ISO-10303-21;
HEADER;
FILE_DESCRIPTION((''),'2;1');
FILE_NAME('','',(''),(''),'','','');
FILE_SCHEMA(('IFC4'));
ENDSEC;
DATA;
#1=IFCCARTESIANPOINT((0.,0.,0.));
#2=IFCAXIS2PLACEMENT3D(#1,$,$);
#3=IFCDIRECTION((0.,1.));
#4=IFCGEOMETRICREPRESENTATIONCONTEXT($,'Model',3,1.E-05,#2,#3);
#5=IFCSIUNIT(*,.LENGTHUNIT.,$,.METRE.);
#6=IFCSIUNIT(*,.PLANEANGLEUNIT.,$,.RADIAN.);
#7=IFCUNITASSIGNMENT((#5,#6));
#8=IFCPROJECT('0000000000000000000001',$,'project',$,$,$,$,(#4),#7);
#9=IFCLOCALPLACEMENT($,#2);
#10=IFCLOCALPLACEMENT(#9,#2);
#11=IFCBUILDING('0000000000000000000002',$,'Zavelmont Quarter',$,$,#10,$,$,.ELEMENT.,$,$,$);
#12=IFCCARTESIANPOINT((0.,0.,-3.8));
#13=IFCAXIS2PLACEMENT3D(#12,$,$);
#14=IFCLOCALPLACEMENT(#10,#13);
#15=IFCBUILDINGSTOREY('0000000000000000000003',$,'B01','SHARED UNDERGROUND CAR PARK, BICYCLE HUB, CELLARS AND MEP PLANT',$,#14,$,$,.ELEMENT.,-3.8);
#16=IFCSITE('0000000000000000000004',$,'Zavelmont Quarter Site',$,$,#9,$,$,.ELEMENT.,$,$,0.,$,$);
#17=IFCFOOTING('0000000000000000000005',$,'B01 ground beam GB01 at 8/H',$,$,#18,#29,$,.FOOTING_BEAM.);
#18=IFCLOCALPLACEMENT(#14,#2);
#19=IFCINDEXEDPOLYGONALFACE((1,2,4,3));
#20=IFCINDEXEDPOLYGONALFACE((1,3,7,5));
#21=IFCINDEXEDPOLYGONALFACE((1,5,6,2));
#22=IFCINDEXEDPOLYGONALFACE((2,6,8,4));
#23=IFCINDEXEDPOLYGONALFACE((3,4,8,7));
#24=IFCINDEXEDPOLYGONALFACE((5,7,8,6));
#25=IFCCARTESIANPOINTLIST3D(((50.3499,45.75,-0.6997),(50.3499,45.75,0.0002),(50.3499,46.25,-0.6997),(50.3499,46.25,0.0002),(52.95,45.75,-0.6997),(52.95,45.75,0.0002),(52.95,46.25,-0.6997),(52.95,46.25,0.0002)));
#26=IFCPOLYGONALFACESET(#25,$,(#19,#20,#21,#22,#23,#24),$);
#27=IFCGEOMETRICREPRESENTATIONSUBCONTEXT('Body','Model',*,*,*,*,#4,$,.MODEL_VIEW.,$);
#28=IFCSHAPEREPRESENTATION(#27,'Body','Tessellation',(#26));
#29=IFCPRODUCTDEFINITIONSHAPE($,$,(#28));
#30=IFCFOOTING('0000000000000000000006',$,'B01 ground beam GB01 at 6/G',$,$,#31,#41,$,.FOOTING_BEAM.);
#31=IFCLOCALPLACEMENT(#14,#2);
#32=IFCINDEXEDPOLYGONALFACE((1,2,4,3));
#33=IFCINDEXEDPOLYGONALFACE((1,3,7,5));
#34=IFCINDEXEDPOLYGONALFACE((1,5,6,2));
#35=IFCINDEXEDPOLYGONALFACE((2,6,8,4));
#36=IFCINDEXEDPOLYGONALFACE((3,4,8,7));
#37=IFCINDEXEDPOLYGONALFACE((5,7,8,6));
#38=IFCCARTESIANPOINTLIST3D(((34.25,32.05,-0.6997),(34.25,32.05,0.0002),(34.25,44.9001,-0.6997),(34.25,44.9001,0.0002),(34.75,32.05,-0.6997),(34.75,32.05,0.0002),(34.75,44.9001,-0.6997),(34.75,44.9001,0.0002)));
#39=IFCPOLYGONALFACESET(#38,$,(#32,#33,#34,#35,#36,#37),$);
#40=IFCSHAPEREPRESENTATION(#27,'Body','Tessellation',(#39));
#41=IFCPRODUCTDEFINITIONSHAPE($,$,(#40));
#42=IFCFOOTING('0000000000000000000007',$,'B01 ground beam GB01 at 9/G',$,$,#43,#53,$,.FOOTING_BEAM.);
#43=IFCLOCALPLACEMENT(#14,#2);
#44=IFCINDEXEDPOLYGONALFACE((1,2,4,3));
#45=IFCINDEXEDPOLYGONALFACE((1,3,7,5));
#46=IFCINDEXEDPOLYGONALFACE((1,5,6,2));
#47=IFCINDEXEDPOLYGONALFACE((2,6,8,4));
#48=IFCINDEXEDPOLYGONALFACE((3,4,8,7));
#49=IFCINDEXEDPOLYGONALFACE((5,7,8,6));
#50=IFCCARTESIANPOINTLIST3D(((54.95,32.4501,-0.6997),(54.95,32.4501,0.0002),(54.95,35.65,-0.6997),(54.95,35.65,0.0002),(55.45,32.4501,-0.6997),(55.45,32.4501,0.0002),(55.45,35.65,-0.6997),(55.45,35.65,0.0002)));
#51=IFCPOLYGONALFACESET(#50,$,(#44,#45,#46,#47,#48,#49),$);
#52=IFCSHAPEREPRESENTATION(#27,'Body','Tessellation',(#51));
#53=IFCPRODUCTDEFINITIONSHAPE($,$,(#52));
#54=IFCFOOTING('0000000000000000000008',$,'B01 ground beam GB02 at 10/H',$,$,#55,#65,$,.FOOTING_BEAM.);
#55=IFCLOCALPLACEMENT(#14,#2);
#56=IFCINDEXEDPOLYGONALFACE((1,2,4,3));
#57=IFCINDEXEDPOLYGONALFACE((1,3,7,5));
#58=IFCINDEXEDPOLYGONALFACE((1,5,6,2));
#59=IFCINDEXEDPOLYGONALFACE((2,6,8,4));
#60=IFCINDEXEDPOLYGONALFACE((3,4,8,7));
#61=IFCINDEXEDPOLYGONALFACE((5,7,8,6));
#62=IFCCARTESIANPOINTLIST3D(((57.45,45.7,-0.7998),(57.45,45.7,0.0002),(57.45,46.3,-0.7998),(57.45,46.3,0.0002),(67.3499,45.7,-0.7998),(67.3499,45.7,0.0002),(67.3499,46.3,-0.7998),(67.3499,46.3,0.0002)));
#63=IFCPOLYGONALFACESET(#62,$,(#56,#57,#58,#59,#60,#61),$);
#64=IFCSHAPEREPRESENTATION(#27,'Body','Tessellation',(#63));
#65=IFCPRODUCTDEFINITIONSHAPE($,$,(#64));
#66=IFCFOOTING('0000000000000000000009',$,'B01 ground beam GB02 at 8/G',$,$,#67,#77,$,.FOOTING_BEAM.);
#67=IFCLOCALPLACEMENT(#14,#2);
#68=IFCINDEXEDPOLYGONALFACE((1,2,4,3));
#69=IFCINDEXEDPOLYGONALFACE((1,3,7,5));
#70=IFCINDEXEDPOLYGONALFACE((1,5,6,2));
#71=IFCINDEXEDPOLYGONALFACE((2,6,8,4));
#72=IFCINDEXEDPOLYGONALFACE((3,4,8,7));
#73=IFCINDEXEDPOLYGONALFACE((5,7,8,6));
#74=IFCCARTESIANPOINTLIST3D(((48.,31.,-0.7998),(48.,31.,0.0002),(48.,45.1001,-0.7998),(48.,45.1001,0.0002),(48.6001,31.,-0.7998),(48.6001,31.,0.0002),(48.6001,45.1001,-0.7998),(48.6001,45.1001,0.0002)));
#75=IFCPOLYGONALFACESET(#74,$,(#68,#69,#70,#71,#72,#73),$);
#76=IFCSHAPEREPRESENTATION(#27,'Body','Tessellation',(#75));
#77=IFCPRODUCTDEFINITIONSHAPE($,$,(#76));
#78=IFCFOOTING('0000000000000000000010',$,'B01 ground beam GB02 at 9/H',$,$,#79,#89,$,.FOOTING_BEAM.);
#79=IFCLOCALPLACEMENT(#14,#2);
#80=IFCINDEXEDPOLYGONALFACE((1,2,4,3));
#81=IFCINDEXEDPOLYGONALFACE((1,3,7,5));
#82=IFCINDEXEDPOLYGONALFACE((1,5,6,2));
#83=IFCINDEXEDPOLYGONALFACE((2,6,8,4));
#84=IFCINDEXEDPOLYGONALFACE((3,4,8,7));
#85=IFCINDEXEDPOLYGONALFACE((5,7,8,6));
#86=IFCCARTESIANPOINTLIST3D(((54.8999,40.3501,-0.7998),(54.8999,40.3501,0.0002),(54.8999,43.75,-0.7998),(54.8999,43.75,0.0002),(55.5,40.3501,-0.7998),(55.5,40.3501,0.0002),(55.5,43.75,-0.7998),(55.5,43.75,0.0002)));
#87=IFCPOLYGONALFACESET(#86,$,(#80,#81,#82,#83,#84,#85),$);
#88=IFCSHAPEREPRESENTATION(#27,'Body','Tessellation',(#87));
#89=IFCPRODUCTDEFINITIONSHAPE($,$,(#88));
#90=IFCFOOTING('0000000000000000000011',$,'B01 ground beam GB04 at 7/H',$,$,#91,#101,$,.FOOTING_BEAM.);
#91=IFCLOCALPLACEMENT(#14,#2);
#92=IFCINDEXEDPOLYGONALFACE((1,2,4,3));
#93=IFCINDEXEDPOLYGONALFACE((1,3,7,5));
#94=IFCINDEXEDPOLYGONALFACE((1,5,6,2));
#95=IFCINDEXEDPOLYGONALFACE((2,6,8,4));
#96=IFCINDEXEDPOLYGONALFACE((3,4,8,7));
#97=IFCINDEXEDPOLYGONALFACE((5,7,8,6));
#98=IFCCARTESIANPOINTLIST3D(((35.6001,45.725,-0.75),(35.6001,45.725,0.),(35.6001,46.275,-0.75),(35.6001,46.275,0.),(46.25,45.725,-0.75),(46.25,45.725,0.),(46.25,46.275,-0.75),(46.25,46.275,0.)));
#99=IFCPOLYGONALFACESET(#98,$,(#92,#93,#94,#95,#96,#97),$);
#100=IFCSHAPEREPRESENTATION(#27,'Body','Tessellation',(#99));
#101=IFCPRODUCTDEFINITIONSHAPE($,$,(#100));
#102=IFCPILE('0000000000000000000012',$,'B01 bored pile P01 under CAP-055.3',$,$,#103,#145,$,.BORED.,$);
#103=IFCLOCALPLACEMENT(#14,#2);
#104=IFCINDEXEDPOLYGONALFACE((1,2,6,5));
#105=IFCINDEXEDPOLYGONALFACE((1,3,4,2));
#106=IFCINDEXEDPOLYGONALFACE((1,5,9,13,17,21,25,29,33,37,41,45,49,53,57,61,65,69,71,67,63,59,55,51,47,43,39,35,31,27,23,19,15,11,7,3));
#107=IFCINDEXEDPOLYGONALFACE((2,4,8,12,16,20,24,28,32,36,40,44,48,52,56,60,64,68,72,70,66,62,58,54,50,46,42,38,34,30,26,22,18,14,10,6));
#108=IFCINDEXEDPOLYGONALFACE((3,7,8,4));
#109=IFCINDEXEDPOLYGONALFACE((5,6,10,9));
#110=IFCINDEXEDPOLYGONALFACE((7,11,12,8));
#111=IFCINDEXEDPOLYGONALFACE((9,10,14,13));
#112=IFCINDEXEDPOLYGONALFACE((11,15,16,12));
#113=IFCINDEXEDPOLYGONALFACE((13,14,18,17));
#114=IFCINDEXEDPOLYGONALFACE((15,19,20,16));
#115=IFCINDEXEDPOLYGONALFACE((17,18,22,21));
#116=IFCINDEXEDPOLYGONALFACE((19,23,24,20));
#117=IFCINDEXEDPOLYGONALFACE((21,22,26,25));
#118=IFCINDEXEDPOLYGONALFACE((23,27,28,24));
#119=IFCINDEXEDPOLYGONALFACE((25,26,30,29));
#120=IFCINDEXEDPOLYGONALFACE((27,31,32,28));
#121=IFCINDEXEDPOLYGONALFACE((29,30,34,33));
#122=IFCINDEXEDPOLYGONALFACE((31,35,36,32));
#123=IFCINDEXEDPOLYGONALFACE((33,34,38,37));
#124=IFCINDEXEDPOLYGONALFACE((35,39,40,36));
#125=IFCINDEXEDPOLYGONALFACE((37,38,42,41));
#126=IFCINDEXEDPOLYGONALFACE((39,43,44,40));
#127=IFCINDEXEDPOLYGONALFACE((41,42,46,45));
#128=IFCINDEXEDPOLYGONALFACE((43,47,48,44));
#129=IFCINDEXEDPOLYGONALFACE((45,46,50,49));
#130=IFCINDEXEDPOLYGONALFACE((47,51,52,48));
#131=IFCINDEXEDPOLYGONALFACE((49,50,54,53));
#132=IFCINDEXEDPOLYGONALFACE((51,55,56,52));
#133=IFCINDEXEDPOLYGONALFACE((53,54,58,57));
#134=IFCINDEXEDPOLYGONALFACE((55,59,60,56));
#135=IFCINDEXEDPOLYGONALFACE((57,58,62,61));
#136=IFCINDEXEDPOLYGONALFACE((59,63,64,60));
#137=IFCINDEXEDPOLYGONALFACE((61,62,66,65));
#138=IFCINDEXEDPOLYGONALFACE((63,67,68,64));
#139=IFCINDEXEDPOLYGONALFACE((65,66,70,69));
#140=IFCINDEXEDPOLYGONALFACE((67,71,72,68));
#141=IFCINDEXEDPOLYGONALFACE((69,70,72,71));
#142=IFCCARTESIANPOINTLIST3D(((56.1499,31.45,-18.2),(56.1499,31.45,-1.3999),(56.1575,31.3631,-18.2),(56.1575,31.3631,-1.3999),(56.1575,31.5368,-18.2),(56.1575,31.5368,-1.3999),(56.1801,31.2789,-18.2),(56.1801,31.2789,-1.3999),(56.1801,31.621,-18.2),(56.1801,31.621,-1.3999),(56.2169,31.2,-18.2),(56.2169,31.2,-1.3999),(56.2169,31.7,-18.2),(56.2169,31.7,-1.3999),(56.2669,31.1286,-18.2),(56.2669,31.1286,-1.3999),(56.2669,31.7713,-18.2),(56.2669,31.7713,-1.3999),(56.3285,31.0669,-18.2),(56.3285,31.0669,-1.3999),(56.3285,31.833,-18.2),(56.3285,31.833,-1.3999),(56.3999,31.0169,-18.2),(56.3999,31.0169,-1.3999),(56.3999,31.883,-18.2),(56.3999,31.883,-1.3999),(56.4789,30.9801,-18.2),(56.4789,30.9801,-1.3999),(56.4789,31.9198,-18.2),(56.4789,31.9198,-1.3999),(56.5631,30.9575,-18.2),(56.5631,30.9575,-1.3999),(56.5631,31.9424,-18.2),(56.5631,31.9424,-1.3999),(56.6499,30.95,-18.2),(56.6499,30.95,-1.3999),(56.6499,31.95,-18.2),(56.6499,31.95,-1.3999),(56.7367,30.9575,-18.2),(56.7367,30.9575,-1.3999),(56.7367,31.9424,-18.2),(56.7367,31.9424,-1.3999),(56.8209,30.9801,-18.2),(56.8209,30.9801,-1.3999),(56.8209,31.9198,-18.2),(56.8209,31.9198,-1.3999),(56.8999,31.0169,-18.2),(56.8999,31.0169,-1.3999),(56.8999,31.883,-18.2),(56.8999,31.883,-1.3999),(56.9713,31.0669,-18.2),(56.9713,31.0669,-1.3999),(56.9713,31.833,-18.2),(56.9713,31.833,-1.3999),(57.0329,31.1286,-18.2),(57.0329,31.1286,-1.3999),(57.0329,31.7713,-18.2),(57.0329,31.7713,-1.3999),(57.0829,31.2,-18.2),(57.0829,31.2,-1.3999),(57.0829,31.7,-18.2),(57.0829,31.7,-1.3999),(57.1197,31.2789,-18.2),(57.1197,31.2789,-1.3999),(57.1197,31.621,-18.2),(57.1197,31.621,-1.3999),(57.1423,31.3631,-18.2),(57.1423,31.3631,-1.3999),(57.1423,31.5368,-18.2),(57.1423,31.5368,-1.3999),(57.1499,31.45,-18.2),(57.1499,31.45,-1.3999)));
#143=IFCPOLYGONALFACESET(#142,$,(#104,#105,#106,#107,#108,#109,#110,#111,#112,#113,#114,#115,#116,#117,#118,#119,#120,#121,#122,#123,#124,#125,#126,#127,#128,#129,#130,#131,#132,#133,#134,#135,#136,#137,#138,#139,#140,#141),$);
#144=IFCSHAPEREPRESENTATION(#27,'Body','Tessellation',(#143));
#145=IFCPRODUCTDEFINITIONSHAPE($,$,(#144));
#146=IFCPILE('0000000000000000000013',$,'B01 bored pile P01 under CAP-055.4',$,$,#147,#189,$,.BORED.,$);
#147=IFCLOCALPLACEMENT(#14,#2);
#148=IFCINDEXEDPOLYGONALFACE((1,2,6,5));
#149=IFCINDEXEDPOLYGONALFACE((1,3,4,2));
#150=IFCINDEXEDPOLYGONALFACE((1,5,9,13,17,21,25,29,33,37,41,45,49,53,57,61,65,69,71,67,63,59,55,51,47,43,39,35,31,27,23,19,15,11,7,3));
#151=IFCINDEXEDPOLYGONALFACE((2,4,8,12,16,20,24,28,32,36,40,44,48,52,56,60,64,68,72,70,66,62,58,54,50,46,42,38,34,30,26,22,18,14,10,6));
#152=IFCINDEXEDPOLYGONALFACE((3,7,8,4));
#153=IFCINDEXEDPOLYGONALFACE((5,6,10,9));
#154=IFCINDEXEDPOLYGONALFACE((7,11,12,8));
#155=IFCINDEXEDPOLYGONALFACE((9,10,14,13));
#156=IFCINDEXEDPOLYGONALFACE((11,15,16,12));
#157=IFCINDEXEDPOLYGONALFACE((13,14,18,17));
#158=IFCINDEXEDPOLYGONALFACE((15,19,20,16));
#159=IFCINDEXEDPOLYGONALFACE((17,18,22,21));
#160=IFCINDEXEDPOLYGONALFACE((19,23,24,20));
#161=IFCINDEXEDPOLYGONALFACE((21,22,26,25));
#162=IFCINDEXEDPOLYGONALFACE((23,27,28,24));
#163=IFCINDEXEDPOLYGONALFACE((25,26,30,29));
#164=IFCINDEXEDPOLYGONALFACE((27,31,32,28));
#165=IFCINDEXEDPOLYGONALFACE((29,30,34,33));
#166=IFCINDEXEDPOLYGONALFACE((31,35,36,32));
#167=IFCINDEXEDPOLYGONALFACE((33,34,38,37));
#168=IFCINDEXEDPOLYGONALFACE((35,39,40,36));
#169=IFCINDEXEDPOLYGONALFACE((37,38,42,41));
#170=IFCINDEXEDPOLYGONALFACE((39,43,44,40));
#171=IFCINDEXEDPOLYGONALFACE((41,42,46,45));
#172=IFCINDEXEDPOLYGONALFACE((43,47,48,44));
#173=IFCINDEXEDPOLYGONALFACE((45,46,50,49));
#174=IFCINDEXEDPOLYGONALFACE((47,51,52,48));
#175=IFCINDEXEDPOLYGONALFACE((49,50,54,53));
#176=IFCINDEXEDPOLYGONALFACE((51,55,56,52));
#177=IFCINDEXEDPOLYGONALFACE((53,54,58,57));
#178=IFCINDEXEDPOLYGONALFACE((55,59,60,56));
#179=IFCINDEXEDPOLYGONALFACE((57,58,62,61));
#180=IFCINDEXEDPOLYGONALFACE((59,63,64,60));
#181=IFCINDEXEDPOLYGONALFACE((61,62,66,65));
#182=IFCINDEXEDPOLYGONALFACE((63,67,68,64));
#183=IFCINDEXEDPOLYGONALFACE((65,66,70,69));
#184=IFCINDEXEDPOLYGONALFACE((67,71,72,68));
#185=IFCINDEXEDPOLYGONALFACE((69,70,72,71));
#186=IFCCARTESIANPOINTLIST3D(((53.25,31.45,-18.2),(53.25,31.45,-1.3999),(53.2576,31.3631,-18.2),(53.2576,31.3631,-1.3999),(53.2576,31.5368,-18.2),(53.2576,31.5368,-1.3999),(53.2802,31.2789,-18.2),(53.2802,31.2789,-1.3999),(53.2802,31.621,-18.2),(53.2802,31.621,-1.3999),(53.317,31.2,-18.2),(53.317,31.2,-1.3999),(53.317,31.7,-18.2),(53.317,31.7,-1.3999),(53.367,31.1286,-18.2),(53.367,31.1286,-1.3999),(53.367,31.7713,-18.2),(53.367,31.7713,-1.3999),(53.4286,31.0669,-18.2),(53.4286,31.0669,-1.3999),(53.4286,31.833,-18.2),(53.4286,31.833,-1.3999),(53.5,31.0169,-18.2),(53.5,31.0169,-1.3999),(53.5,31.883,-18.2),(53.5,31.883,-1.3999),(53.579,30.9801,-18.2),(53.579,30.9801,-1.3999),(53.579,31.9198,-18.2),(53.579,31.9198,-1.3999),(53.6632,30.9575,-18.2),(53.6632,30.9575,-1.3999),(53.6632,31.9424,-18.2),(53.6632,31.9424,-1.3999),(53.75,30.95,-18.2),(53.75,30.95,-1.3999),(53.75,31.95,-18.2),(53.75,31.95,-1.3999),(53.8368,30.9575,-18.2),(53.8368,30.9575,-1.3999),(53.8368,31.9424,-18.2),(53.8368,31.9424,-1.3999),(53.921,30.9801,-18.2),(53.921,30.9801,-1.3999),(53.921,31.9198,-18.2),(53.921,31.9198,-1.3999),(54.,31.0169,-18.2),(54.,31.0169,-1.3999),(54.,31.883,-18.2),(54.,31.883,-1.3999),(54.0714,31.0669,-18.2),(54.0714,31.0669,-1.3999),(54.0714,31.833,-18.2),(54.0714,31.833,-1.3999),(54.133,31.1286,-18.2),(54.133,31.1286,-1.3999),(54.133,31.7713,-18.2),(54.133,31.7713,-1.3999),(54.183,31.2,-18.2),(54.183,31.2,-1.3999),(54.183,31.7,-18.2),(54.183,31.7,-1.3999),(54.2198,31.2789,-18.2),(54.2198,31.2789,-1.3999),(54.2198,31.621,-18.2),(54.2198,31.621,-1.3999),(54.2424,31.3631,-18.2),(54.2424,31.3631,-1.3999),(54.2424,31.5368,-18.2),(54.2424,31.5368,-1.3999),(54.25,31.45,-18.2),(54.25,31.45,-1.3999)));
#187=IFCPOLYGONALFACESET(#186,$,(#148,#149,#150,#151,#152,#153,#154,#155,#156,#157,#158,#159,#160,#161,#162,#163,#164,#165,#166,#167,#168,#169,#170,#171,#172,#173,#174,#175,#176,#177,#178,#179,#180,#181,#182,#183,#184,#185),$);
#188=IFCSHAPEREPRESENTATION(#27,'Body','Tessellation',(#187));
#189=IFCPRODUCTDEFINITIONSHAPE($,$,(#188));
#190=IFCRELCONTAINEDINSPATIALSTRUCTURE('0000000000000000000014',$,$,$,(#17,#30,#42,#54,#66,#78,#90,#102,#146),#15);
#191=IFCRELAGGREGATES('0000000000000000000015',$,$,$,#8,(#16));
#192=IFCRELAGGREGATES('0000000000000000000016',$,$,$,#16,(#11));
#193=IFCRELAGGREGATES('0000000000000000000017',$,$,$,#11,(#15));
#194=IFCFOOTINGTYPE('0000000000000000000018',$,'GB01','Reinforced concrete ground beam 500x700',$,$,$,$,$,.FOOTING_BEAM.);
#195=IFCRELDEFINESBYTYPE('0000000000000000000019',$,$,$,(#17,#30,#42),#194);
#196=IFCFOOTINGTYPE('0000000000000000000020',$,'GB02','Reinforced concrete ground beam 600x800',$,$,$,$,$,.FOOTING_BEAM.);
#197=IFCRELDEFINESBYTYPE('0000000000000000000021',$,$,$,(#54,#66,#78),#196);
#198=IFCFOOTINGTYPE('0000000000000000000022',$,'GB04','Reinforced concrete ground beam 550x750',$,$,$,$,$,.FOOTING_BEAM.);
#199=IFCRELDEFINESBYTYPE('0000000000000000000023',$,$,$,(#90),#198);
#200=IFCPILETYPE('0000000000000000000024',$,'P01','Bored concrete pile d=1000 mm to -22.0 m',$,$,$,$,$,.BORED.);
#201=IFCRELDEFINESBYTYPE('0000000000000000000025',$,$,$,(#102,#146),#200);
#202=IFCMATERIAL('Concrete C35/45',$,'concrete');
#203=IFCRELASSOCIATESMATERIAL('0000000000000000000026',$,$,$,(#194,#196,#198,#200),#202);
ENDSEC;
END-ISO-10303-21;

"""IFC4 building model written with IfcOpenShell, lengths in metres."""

from ifc_helpers import new_model, si_unit, direction, frame, origin, origin_2d, place, context, subcontext, project, spatial, rectangle, circle, extrude, material, material_profile, profile_set, type_object, element, save


model = new_model("IFC4")

# Units and contexts
model_context = context("Model", 3, precision=1e-05, world=origin(), true_north=direction((0.0, 1.0)))
body_context = subcontext(model_context, "Body", "Model", "MODEL_VIEW")
ifc_project = project(units=[si_unit("LENGTHUNIT", "METRE"), si_unit("PLANEANGLEUNIT", "RADIAN")], contexts=[model_context])

# Site, building, storey
site_placement = place(None, origin())
site = spatial("IfcSite", under=ifc_project, at=site_placement, Name="Zavelmont Quarter Site", CompositionType="ELEMENT", RefElevation=0.0)
building_placement = place(site_placement, origin())
building = spatial("IfcBuilding", under=site, at=building_placement, Name="Zavelmont Quarter", CompositionType="ELEMENT")
storey_placement = place(building_placement, frame((0.0, 0.0, -3.8)))
storey = spatial("IfcBuildingStorey", under=building, at=storey_placement, Name="B01", Description="SHARED UNDERGROUND CAR PARK, BICYCLE HUB, CELLARS AND MEP PLANT", CompositionType="ELEMENT", Elevation=-3.8)

# Footings
ifc_material_1 = material(Name="Concrete C35/45", Category="concrete")
footing_type_1 = type_object("IfcFootingType", Name="GB01", Description="Reinforced concrete ground beam 500x700", PredefinedType="FOOTING_BEAM", material=ifc_material_1)
footing_1_placement = place(storey_placement, frame((51.6499, 46.0, -0.6997), z_axis=(0.0, 0.0, 1.0), x_axis=(1.0, 0.0, 0.0)))
element("IfcFooting", 1, at=footing_1_placement, inside=storey, type_object=footing_type_1, Name="B01 ground beam GB01 at 8/H", PredefinedType="FOOTING_BEAM", context=body_context, shape_type="SweptSolid", body=[
    extrude(rectangle(XDim=2.6001, YDim=0.5, at=origin_2d()), origin(), (0.0, 0.0, 1.0), 0.7),
])
footing_2_placement = place(storey_placement, frame((34.5, 38.4751, -0.6997), z_axis=(0.0, 0.0, 1.0), x_axis=(0.0, 1.0, 0.0)))
element("IfcFooting", 2, at=footing_2_placement, inside=storey, type_object=footing_type_1, Name="B01 ground beam GB01 at 6/G", PredefinedType="FOOTING_BEAM", context=body_context, shape_type="SweptSolid", body=[
    extrude(rectangle(XDim=12.8501, YDim=0.5, at=origin_2d()), origin(), (0.0, 0.0, 1.0), 0.7),
])
footing_3_placement = place(storey_placement, frame((55.2, 34.05, -0.6997), z_axis=(0.0, 0.0, 1.0), x_axis=(0.0, 1.0, 0.0)))
element("IfcFooting", 3, at=footing_3_placement, inside=storey, type_object=footing_type_1, Name="B01 ground beam GB01 at 9/G", PredefinedType="FOOTING_BEAM", context=body_context, shape_type="SweptSolid", body=[
    extrude(rectangle(XDim=3.2, YDim=0.5, at=origin_2d()), origin(), (0.0, 0.0, 1.0), 0.7),
])
footing_type_2 = type_object("IfcFootingType", Name="GB02", Description="Reinforced concrete ground beam 600x800", PredefinedType="FOOTING_BEAM", material=ifc_material_1)
footing_4_placement = place(storey_placement, frame((62.3999, 46.0, -0.7998), z_axis=(0.0, 0.0, 1.0), x_axis=(1.0, 0.0, 0.0)))
element("IfcFooting", 4, at=footing_4_placement, inside=storey, type_object=footing_type_2, Name="B01 ground beam GB02 at 10/H", PredefinedType="FOOTING_BEAM", context=body_context, shape_type="SweptSolid", body=[
    extrude(rectangle(XDim=9.8999, YDim=0.6001, at=origin_2d()), origin(), (0.0, 0.0, 1.0), 0.8),
])
footing_5_placement = place(storey_placement, frame((48.3, 38.05, -0.7998), z_axis=(0.0, 0.0, 1.0), x_axis=(0.0, 1.0, 0.0)))
element("IfcFooting", 5, at=footing_5_placement, inside=storey, type_object=footing_type_2, Name="B01 ground beam GB02 at 8/G", PredefinedType="FOOTING_BEAM", context=body_context, shape_type="SweptSolid", body=[
    extrude(rectangle(XDim=14.1001, YDim=0.6001, at=origin_2d()), origin(), (0.0, 0.0, 1.0), 0.8),
])
footing_6_placement = place(storey_placement, frame((55.2, 42.05, -0.7998), z_axis=(0.0, 0.0, 1.0), x_axis=(0.0, 1.0, 0.0)))
element("IfcFooting", 6, at=footing_6_placement, inside=storey, type_object=footing_type_2, Name="B01 ground beam GB02 at 9/H", PredefinedType="FOOTING_BEAM", context=body_context, shape_type="SweptSolid", body=[
    extrude(rectangle(XDim=3.3999, YDim=0.6001, at=origin_2d()), origin(), (0.0, 0.0, 1.0), 0.8),
])
footing_type_3 = type_object("IfcFootingType", Name="GB04", Description="Reinforced concrete ground beam 550x750", PredefinedType="FOOTING_BEAM", material=ifc_material_1)
footing_7_placement = place(storey_placement, frame((40.925, 46.0, -0.75), z_axis=(0.0, 0.0, 1.0), x_axis=(1.0, 0.0, 0.0)))
element("IfcFooting", 7, at=footing_7_placement, inside=storey, type_object=footing_type_3, Name="B01 ground beam GB04 at 7/H", PredefinedType="FOOTING_BEAM", context=body_context, shape_type="SweptSolid", body=[
    extrude(rectangle(XDim=10.6499, YDim=0.55, at=origin_2d()), origin(), (0.0, 0.0, 1.0), 0.75),
])

# Piles
ifc_material_profile_1 = material_profile(ifc_material_1, circle(Radius=0.5, at=origin_2d()), Name="BP1000")
ifc_profile_set_1 = profile_set([ifc_material_profile_1], Name="Concrete C35/45")
pile_type_1 = type_object("IfcPileType", Name="P01", Description="Bored concrete pile d=1000 mm to -22.0 m", PredefinedType="BORED", material=ifc_profile_set_1)
for number, where, z_axis, x_axis, name in (
    (8, (56.6499, 31.45, -1.3999), (0.0, 0.0, -1.0), (1.0, 0.0, 0.0), "B01 bored pile P01 under CAP-055.3"),
    (9, (53.75, 31.45, -1.3999), (0.0, 0.0, -1.0), (1.0, 0.0, 0.0), "B01 bored pile P01 under CAP-055.4"),
):
    element("IfcPile", number, at=place(storey_placement, frame(where, z_axis=z_axis, x_axis=x_axis)), inside=storey, type_object=pile_type_1, Name=name, PredefinedType="BORED", context=body_context, shape_type="SweptSolid", body=[
        extrude(circle(Radius=0.5, at=origin_2d()), origin(), (0.0, 0.0, 1.0), 16.8),
    ])

save(model, "model.ifc")
